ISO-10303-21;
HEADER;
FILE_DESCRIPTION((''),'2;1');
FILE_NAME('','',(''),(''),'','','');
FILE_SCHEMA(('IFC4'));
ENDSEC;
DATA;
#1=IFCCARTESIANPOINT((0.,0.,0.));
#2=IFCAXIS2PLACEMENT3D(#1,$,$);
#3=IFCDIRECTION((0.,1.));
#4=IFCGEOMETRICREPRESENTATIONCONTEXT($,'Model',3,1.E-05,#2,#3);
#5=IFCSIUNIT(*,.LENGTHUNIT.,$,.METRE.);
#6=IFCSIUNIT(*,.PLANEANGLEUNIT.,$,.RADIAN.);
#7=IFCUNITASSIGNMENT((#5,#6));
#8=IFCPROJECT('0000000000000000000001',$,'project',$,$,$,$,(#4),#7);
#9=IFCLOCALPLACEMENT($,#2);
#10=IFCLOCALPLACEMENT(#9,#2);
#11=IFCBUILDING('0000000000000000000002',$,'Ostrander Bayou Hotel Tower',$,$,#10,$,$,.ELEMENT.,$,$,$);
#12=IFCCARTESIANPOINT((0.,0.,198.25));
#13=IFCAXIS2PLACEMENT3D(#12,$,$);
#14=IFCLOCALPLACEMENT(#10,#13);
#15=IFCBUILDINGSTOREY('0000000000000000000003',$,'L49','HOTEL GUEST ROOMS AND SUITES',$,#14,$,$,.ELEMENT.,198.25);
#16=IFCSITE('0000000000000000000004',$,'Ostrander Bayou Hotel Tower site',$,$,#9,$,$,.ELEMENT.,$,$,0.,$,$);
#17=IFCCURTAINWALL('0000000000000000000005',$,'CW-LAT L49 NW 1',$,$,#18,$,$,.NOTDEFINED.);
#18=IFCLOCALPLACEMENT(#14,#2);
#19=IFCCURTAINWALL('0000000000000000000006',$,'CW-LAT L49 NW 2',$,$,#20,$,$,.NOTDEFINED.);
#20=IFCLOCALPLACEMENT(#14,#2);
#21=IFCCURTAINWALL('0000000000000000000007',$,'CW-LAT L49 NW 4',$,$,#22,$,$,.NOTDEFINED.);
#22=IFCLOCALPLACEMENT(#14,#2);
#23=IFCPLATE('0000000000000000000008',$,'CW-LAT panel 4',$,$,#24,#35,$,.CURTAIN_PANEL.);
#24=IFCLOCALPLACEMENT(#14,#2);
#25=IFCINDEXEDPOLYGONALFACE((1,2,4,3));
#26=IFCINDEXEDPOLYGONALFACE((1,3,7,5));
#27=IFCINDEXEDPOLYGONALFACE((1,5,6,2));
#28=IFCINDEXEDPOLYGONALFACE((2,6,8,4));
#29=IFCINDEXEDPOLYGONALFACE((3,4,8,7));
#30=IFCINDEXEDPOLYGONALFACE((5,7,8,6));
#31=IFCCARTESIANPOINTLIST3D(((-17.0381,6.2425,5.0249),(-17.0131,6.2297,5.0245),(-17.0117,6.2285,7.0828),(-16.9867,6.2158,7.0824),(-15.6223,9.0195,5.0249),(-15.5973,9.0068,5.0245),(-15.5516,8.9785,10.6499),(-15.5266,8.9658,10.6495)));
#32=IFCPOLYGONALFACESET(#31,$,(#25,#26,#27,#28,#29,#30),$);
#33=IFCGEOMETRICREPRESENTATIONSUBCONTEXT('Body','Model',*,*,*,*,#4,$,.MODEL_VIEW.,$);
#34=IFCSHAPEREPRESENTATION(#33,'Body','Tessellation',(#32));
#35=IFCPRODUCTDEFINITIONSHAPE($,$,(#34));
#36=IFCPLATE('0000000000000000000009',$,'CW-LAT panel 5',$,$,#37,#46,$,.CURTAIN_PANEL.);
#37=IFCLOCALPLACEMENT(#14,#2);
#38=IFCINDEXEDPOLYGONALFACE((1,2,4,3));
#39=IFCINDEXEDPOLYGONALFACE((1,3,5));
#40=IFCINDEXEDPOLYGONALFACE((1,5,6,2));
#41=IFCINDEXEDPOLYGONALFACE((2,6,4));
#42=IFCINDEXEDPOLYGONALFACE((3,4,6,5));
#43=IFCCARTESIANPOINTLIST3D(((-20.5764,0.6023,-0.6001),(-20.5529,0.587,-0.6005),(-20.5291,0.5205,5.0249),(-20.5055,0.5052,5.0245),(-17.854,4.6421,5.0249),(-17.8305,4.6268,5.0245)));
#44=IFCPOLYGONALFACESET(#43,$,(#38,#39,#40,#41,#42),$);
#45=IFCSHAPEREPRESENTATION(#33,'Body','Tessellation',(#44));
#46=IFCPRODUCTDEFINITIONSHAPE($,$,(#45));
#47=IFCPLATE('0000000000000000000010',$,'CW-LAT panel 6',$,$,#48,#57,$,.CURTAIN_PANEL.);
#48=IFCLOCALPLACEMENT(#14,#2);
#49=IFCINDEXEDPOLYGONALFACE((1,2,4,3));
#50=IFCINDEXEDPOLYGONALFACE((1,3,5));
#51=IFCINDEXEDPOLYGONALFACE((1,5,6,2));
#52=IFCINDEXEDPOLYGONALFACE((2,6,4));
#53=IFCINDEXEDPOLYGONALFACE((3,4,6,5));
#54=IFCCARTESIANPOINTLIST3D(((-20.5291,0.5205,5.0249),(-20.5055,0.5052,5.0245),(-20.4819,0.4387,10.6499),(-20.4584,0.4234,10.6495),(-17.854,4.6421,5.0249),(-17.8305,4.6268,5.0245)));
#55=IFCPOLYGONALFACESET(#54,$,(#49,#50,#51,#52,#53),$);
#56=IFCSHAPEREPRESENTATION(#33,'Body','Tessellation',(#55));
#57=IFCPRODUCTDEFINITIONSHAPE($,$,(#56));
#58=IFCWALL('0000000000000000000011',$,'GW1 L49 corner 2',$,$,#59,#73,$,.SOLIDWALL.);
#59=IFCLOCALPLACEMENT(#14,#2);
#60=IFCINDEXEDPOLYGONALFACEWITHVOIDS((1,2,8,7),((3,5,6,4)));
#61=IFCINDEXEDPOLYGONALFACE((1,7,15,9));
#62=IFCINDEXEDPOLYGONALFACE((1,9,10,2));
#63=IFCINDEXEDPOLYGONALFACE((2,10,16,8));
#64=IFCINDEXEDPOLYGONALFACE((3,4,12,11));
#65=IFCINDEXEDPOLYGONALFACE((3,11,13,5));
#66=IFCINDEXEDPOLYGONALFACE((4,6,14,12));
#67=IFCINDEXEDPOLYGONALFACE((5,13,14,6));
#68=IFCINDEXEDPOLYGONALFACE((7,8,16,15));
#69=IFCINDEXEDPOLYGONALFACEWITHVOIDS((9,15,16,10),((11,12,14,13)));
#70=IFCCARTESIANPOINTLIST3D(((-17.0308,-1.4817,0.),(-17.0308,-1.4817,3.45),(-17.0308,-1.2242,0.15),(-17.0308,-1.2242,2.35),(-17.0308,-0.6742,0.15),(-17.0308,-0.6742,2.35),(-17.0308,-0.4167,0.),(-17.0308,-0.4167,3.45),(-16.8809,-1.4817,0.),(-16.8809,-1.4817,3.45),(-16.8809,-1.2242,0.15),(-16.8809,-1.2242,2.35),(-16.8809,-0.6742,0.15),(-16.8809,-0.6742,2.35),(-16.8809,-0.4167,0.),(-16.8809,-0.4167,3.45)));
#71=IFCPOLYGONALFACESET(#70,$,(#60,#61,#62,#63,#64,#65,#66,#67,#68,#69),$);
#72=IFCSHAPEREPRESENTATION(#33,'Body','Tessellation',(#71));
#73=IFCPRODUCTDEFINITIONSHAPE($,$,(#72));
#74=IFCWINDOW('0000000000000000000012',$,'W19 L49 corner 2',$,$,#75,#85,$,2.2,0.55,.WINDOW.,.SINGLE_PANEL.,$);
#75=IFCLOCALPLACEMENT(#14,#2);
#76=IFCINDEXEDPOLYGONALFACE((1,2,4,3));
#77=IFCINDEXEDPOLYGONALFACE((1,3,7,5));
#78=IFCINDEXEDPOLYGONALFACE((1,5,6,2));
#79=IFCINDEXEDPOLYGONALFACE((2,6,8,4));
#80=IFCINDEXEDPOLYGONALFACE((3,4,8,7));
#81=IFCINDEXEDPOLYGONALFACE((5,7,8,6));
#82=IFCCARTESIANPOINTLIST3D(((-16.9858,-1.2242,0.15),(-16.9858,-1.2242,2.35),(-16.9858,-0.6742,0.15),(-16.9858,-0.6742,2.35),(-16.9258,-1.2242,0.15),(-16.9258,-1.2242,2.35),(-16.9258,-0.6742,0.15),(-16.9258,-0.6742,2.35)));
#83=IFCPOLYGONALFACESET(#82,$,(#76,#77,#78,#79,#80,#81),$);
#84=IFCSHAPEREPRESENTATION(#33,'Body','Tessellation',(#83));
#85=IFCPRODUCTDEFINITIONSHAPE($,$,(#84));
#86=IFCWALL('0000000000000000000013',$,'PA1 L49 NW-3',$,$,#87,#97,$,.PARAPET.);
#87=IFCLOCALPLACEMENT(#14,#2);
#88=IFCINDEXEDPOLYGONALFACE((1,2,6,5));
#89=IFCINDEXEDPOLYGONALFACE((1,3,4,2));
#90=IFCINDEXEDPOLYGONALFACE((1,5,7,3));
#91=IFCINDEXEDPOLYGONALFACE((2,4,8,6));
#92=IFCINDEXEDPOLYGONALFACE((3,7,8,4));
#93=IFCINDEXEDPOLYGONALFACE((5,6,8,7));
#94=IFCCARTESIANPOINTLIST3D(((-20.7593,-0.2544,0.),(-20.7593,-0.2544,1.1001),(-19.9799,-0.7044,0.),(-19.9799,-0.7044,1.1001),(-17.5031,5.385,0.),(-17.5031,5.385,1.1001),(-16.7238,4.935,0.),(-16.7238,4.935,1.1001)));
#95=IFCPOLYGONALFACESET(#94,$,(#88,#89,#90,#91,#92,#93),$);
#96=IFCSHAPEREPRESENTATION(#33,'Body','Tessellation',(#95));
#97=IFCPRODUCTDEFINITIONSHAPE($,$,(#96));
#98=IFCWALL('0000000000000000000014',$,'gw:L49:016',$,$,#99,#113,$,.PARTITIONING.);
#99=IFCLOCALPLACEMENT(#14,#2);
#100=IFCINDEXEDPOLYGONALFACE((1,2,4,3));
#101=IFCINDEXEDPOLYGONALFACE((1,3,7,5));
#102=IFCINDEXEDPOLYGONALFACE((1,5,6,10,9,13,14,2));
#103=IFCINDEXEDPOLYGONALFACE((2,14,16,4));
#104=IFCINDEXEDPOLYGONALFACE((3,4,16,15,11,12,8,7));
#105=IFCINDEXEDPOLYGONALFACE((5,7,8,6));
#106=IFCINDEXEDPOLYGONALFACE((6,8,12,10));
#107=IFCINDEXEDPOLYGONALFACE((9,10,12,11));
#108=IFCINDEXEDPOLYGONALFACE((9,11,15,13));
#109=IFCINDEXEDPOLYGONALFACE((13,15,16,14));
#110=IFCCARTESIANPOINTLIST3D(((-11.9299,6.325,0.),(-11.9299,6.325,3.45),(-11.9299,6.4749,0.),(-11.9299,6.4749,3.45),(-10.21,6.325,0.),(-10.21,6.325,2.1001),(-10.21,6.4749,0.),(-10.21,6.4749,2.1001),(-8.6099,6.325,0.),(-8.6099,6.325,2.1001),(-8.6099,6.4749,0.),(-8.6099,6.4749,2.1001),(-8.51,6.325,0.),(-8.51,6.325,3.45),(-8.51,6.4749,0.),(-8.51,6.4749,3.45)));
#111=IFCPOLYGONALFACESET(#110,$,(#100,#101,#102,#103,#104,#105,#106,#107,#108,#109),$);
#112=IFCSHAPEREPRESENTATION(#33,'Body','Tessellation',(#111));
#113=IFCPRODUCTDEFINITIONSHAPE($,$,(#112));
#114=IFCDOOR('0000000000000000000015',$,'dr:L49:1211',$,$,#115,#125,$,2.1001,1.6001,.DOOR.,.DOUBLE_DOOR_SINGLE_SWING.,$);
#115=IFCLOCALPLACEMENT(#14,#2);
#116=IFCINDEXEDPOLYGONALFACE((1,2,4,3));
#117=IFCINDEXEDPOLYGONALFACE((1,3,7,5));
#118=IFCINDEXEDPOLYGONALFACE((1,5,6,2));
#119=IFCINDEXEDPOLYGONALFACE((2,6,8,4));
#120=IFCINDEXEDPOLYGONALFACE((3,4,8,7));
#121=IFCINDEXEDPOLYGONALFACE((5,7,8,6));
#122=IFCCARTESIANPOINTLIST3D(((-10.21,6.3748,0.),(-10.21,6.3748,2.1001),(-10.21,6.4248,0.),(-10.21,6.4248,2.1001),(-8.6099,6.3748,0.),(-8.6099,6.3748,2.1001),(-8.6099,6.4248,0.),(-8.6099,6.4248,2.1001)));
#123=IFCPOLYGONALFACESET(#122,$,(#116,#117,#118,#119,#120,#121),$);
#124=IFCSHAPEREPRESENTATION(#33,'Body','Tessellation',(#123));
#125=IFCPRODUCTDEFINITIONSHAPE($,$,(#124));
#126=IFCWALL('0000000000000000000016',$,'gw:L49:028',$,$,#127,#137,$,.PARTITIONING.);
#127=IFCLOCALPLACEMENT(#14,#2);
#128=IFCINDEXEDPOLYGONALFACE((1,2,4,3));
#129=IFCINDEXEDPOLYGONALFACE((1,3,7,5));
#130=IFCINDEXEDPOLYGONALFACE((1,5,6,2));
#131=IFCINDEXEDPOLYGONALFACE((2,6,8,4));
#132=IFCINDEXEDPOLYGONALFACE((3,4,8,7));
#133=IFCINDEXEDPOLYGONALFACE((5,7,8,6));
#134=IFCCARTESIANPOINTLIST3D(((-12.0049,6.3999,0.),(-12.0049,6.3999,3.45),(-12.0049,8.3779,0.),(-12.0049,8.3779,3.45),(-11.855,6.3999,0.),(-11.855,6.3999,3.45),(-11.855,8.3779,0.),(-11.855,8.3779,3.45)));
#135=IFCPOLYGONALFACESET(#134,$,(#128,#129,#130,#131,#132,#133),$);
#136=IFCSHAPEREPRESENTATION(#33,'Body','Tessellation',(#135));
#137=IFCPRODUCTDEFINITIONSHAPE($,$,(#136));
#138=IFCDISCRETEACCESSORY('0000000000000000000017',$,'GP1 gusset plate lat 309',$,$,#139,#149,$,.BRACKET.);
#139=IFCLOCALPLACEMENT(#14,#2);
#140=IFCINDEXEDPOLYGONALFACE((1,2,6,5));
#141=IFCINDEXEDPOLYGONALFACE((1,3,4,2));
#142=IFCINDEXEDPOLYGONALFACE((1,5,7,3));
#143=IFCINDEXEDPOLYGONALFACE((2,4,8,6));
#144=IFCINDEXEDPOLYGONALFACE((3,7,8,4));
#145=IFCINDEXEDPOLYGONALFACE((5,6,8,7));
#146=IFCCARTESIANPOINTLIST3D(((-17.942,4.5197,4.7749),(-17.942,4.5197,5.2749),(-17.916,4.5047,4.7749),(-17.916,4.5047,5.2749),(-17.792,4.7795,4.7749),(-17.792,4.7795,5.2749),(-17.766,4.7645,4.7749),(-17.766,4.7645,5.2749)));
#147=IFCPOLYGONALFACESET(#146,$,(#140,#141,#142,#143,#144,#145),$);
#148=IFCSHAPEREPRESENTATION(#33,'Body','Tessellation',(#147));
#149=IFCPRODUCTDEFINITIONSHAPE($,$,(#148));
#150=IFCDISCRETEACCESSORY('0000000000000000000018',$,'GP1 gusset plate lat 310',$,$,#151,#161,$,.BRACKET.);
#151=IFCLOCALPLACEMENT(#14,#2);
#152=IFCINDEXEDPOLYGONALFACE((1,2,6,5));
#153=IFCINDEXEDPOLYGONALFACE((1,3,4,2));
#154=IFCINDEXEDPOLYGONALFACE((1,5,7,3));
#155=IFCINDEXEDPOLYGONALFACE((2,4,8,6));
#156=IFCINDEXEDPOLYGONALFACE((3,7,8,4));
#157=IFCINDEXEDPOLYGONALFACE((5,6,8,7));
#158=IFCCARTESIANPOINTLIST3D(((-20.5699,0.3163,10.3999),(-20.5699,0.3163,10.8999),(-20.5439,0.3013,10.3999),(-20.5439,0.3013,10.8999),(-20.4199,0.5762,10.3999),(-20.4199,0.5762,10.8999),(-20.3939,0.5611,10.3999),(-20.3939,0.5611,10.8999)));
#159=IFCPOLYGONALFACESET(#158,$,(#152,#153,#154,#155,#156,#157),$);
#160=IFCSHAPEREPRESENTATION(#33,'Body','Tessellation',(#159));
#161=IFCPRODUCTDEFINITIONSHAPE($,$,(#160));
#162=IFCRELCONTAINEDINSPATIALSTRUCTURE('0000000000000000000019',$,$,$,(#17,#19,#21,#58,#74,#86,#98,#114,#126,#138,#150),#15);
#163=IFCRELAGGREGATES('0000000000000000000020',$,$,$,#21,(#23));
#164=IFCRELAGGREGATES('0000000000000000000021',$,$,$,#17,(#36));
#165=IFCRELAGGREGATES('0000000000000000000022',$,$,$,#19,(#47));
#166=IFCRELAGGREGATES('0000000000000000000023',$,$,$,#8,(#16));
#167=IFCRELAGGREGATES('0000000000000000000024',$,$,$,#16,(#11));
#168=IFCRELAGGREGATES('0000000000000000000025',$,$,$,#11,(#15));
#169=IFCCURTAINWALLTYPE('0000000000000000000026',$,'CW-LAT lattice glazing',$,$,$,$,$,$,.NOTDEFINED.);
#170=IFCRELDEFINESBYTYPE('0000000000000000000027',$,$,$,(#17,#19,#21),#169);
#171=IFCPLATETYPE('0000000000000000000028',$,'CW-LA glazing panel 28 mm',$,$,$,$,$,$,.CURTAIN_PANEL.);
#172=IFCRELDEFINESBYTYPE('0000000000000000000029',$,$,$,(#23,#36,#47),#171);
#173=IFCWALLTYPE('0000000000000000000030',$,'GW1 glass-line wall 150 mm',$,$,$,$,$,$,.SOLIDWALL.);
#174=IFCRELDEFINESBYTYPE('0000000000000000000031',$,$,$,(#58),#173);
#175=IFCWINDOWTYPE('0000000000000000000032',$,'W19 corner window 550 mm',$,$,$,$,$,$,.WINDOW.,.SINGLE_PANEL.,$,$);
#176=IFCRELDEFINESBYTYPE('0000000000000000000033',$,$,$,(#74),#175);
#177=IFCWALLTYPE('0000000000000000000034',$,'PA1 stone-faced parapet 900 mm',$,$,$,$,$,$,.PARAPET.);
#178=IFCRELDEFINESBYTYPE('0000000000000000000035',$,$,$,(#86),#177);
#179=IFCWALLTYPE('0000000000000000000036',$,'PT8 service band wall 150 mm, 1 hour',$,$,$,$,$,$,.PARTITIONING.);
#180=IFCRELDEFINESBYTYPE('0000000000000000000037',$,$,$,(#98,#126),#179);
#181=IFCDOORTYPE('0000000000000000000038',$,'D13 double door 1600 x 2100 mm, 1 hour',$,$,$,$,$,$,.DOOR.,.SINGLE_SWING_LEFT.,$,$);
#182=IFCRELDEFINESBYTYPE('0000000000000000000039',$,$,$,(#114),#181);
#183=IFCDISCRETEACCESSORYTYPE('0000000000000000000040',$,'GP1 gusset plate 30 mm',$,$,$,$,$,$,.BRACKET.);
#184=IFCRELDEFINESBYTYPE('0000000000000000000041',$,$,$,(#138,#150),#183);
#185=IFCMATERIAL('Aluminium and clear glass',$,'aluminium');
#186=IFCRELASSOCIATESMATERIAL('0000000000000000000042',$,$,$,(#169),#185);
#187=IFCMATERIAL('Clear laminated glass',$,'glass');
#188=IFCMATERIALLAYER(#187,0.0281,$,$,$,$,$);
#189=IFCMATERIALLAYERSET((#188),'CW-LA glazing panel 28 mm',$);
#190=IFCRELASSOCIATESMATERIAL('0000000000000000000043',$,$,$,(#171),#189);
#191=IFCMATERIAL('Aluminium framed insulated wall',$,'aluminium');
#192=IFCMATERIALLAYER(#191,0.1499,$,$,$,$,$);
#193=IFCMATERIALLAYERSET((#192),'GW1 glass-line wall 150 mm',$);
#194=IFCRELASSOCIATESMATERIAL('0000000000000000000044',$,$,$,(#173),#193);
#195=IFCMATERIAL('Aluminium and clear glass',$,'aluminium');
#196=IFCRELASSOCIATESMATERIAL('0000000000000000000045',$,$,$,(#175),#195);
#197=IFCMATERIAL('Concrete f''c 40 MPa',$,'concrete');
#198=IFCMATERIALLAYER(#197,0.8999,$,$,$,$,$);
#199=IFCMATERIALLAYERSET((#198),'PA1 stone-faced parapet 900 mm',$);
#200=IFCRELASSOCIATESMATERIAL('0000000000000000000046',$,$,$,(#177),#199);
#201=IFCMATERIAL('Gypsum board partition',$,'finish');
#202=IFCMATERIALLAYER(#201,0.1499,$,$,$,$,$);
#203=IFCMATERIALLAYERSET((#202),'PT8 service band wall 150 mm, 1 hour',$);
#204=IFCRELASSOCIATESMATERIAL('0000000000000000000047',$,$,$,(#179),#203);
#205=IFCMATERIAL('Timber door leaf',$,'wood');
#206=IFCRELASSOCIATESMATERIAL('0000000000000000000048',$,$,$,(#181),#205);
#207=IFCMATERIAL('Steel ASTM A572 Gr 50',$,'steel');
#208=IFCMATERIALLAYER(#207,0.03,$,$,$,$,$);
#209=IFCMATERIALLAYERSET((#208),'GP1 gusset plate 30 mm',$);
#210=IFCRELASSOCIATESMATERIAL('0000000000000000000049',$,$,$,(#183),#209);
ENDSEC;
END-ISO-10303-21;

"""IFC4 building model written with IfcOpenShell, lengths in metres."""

from ifc_helpers import new_model, si_unit, direction, frame, frame_2d, origin, origin_2d, place, context, subcontext, project, spatial, polyline, rectangle, outline, extrude, material, layer, layer_set, type_object, element, fill, aggregate, save


model = new_model("IFC4")

# Units and contexts
model_context = context("Model", 3, precision=1e-05, world=origin(), true_north=direction((0.0, 1.0)))
body_context = subcontext(model_context, "Body", "Model", "MODEL_VIEW")
ifc_project = project(units=[si_unit("LENGTHUNIT", "METRE"), si_unit("PLANEANGLEUNIT", "RADIAN")], contexts=[model_context])

# Site, building, storey
site_placement = place(None, origin())
site = spatial("IfcSite", under=ifc_project, at=site_placement, Name="Ostrander Bayou Hotel Tower site", CompositionType="ELEMENT", RefElevation=0.0)
building_placement = place(site_placement, origin())
building = spatial("IfcBuilding", under=site, at=building_placement, Name="Ostrander Bayou Hotel Tower", CompositionType="ELEMENT")
storey_placement = place(building_placement, frame((0.0, 0.0, 198.25)))
storey = spatial("IfcBuildingStorey", under=building, at=storey_placement, Name="L49", Description="HOTEL GUEST ROOMS AND SUITES", CompositionType="ELEMENT", Elevation=198.25)

# Curtain wall
ifc_material_1 = material(Name="Aluminium and clear glass", Category="aluminium")
curtain_wall_type_1 = type_object("IfcCurtainWallType", Name="CW-LAT lattice glazing", PredefinedType="NOTDEFINED", material=ifc_material_1)
curtain_wall_1_placement = place(storey_placement, origin())
curtain_wall_1 = element("IfcCurtainWall", 1, at=curtain_wall_1_placement, inside=storey, type_object=curtain_wall_type_1, Name="CW-LAT L49 NW 1", PredefinedType="NOTDEFINED")

# Curtain wall
curtain_wall_2_placement = place(storey_placement, origin())
curtain_wall_2 = element("IfcCurtainWall", 2, at=curtain_wall_2_placement, inside=storey, type_object=curtain_wall_type_1, Name="CW-LAT L49 NW 2", PredefinedType="NOTDEFINED")

# Curtain wall, plate
ifc_material_2 = material(Name="Clear laminated glass", Category="glass")
ifc_layer_1 = layer(ifc_material_2, 0.0281)
ifc_layer_set_1 = layer_set([ifc_layer_1], Name="CW-LA glazing panel 28 mm")
plate_type = type_object("IfcPlateType", Name="CW-LA glazing panel 28 mm", PredefinedType="CURTAIN_PANEL", material=ifc_layer_set_1)
curtain_wall_3_placement = place(storey_placement, origin())
curtain_wall_3 = element("IfcCurtainWall", 3, at=curtain_wall_3_placement, inside=storey, type_object=curtain_wall_type_1, Name="CW-LAT L49 NW 4", PredefinedType="NOTDEFINED")
plate_1_placement = place(storey_placement, frame((-17.0117, 6.2285, 7.0828), z_axis=(-0.890804, 0.454155, 0.014513), x_axis=(0.308382, 0.580801, 0.753373)))
plate_1 = element("IfcPlate", 4, at=plate_1_placement, type_object=plate_type, Name="CW-LAT panel 4", PredefinedType="CURTAIN_PANEL", context=body_context, shape_type="SweptSolid", body=[
    extrude(outline(polyline([(0.0, 0.0), (4.7349, 0.0), (0.4992, 3.7021), (-1.5504, 1.3535), (0.0, 0.0)])), origin(), (0.0, 0.0, -1.0), 0.0281),
])
aggregate(curtain_wall_3, [plate_1])

# Plates
plate_2_placement = place(storey_placement, frame((-17.854, 4.6421, 5.0249), z_axis=(-0.838719, 0.544358, 0.014977), x_axis=(-0.365854, -0.542892, -0.755922)))
plate_2 = element("IfcPlate", 5, at=plate_2_placement, type_object=plate_type, Name="CW-LAT panel 5", PredefinedType="CURTAIN_PANEL", context=body_context, shape_type="SweptSolid", body=[
    extrude(outline(polyline([(0.0, 0.0), (7.4412, 0.0), (3.2163, 3.7147), (0.0, 0.0)])), origin(), (0.0, 0.0, -1.0), 0.0281),
])
aggregate(curtain_wall_1, [plate_2])
plate_3_placement = place(storey_placement, frame((-17.854, 4.6421, 5.0249), z_axis=(-0.83872, 0.544358, 0.014941), x_axis=(-0.3505, -0.560624, 0.750234)))
plate_3 = element("IfcPlate", 6, at=plate_3_placement, type_object=plate_type, Name="CW-LAT panel 6", PredefinedType="CURTAIN_PANEL", context=body_context, shape_type="SweptSolid", body=[
    extrude(outline(polyline([(0.0, 0.0), (7.4977, 0.0), (3.2483, -3.6867), (0.0, 0.0)])), origin(), (0.0, 0.0, -1.0), 0.0281),
])
aggregate(curtain_wall_2, [plate_3])

# Wall, opening, window
ifc_material_3 = material(Name="Aluminium framed insulated wall", Category="aluminium")
ifc_layer_2 = layer(ifc_material_3, 0.1499)
ifc_layer_set_2 = layer_set([ifc_layer_2], Name="GW1 glass-line wall 150 mm")
wall_type_1 = type_object("IfcWallType", Name="GW1 glass-line wall 150 mm", PredefinedType="SOLIDWALL", material=ifc_layer_set_2)
wall_1_placement = place(storey_placement, frame((-16.9558, -0.4167, 0.0), z_axis=(0.0, 0.0, 1.0), x_axis=(0.0, -1.0, 0.0)))
wall_1 = element("IfcWall", 7, at=wall_1_placement, inside=storey, type_object=wall_type_1, Name="GW1 L49 corner 2", PredefinedType="SOLIDWALL", context=body_context, shape_type="SweptSolid", body=[
    extrude(rectangle(XDim=1.0649, YDim=0.1499, at=frame_2d((0.5325, 0.0))), origin(), (0.0, 0.0, 1.0), 3.45),
])
opening_1_placement = place(wall_1_placement, frame((0.2576, 0.0, 0.1499)))
opening_1 = element("IfcOpeningElement", 8, at=opening_1_placement, cuts=wall_1, PredefinedType="OPENING", context=body_context, shape_type="SweptSolid", body=[
    extrude(rectangle(XDim=0.55, YDim=2.2, at=frame_2d((0.2749, 1.1001))), frame((0.0, 0.075, 0.0), z_axis=(0.0, -1.0, 0.0), x_axis=(1.0, 0.0, 0.0)), (0.0, 0.0, 1.0), 0.1499),
])
ifc_material_4 = material(Name="Aluminium and clear glass", Category="aluminium")
window_type = type_object("IfcWindowType", Name="W19 corner window 550 mm", PartitioningType="SINGLE_PANEL", PredefinedType="WINDOW", material=ifc_material_4)
window_placement = place(opening_1_placement, origin())
window = element("IfcWindow", 9, at=window_placement, inside=storey, type_object=window_type, Name="W19 L49 corner 2", OverallHeight=2.2, OverallWidth=0.55, PartitioningType="SINGLE_PANEL", PredefinedType="WINDOW", context=body_context, shape_type="SweptSolid", body=[
    extrude(rectangle(XDim=0.55, YDim=2.2, at=frame_2d((0.2749, 1.1001))), frame((0.0, 0.03, 0.0), z_axis=(0.0, -1.0, 0.0), x_axis=(1.0, 0.0, 0.0)), (0.0, 0.0, 1.0), 0.0601),
])
fill(opening_1, window)

# Wall
ifc_material_5 = material(Name="Concrete f'c 40 MPa", Category="concrete")
ifc_layer_3 = layer(ifc_material_5, 0.8999)
ifc_layer_set_3 = layer_set([ifc_layer_3], Name="PA1 stone-faced parapet 900 mm")
wall_type_2 = type_object("IfcWallType", Name="PA1 stone-faced parapet 900 mm", PredefinedType="PARAPET", material=ifc_layer_set_3)
wall_2_placement = place(storey_placement, frame((-17.1135, 5.1599, 0.0), z_axis=(0.0, 0.0, 1.0), x_axis=(-0.500022, -0.866013, 0.0)))
element("IfcWall", 10, at=wall_2_placement, inside=storey, type_object=wall_type_2, Name="PA1 L49 NW-3", PredefinedType="PARAPET", context=body_context, shape_type="SweptSolid", body=[
    extrude(rectangle(XDim=6.512, YDim=0.8999, at=frame_2d((3.2559, 0.0))), origin(), (0.0, 0.0, 1.0), 1.1001),
])

# Wall, opening, door
ifc_material_6 = material(Name="Gypsum board partition", Category="finish")
ifc_layer_4 = layer(ifc_material_6, 0.1499)
ifc_layer_set_4 = layer_set([ifc_layer_4], Name="PT8 service band wall 150 mm, 1 hour")
wall_type_3 = type_object("IfcWallType", Name="PT8 service band wall 150 mm, 1 hour", PredefinedType="PARTITIONING", material=ifc_layer_set_4)
wall_3_placement = place(storey_placement, frame((-11.9299, 6.3999, 0.0), z_axis=(0.0, 0.0, 1.0), x_axis=(1.0, 0.0, 0.0)))
wall_3 = element("IfcWall", 11, at=wall_3_placement, inside=storey, type_object=wall_type_3, Name="gw:L49:016", PredefinedType="PARTITIONING", context=body_context, shape_type="SweptSolid", body=[
    extrude(rectangle(XDim=3.4199, YDim=0.1499, at=frame_2d((1.71, 0.0))), origin(), (0.0, 0.0, 1.0), 3.45),
])
opening_2_placement = place(wall_3_placement, frame((1.72, 0.0, 0.0)))
opening_2 = element("IfcOpeningElement", 12, at=opening_2_placement, cuts=wall_3, PredefinedType="OPENING", context=body_context, shape_type="SweptSolid", body=[
    extrude(rectangle(XDim=1.6001, YDim=2.1001, at=frame_2d((0.8, 1.05))), frame((0.0, 0.075, 0.0), z_axis=(0.0, -1.0, 0.0), x_axis=(1.0, 0.0, 0.0)), (0.0, 0.0, 1.0), 0.1499),
])
ifc_material_7 = material(Name="Timber door leaf", Category="wood")
door_type = type_object("IfcDoorType", Name="D13 double door 1600 x 2100 mm, 1 hour", OperationType="SINGLE_SWING_LEFT", PredefinedType="DOOR", material=ifc_material_7)
door_placement = place(opening_2_placement, origin())
door = element("IfcDoor", 13, at=door_placement, inside=storey, type_object=door_type, Name="dr:L49:1211", OperationType="DOUBLE_DOOR_SINGLE_SWING", OverallHeight=2.1001, OverallWidth=1.6001, PredefinedType="DOOR", context=body_context, shape_type="SweptSolid", body=[
    extrude(rectangle(XDim=1.6001, YDim=2.1001, at=frame_2d((0.8, 1.05))), frame((0.0, 0.0249, 0.0), z_axis=(0.0, -1.0, 0.0), x_axis=(1.0, 0.0, 0.0)), (0.0, 0.0, 1.0), 0.05),
])
fill(opening_2, door)

# Wall
wall_4_placement = place(storey_placement, frame((-11.9299, 6.3999, 0.0), z_axis=(0.0, 0.0, 1.0), x_axis=(0.0, 1.0, 0.0)))
element("IfcWall", 14, at=wall_4_placement, inside=storey, type_object=wall_type_3, Name="gw:L49:028", PredefinedType="PARTITIONING", context=body_context, shape_type="SweptSolid", body=[
    extrude(rectangle(XDim=1.978, YDim=0.1499, at=frame_2d((0.989, 0.0))), origin(), (0.0, 0.0, 1.0), 3.45),
])

# Discrete accessories
ifc_material_8 = material(Name="Steel ASTM A572 Gr 50", Category="steel")
ifc_layer_5 = layer(ifc_material_8, 0.03)
ifc_layer_set_5 = layer_set([ifc_layer_5], Name="GP1 gusset plate 30 mm")
discrete_accessory_type = type_object("IfcDiscreteAccessoryType", Name="GP1 gusset plate 30 mm", PredefinedType="BRACKET", material=ifc_layer_set_5)
for number, where, z_axis, x_axis, name in (
    (15, (-17.854, 4.6421, 4.7749), (0.0, 0.0, 1.0), (-0.5, -0.866025, 0.0), "GP1 gusset plate lat 309"),
    (16, (-20.4819, 0.4387, 10.3999), (0.0, 0.0, 1.0), (-0.5, -0.866025, 0.0), "GP1 gusset plate lat 310"),
):
    element("IfcDiscreteAccessory", number, at=place(storey_placement, frame(where, z_axis=z_axis, x_axis=x_axis)), inside=storey, type_object=discrete_accessory_type, Name=name, PredefinedType="BRACKET", context=body_context, shape_type="SweptSolid", body=[
        extrude(rectangle(XDim=0.3, YDim=0.03, at=origin_2d()), origin(), (0.0, 0.0, 1.0), 0.5),
    ])

save(model, "model.ifc")
